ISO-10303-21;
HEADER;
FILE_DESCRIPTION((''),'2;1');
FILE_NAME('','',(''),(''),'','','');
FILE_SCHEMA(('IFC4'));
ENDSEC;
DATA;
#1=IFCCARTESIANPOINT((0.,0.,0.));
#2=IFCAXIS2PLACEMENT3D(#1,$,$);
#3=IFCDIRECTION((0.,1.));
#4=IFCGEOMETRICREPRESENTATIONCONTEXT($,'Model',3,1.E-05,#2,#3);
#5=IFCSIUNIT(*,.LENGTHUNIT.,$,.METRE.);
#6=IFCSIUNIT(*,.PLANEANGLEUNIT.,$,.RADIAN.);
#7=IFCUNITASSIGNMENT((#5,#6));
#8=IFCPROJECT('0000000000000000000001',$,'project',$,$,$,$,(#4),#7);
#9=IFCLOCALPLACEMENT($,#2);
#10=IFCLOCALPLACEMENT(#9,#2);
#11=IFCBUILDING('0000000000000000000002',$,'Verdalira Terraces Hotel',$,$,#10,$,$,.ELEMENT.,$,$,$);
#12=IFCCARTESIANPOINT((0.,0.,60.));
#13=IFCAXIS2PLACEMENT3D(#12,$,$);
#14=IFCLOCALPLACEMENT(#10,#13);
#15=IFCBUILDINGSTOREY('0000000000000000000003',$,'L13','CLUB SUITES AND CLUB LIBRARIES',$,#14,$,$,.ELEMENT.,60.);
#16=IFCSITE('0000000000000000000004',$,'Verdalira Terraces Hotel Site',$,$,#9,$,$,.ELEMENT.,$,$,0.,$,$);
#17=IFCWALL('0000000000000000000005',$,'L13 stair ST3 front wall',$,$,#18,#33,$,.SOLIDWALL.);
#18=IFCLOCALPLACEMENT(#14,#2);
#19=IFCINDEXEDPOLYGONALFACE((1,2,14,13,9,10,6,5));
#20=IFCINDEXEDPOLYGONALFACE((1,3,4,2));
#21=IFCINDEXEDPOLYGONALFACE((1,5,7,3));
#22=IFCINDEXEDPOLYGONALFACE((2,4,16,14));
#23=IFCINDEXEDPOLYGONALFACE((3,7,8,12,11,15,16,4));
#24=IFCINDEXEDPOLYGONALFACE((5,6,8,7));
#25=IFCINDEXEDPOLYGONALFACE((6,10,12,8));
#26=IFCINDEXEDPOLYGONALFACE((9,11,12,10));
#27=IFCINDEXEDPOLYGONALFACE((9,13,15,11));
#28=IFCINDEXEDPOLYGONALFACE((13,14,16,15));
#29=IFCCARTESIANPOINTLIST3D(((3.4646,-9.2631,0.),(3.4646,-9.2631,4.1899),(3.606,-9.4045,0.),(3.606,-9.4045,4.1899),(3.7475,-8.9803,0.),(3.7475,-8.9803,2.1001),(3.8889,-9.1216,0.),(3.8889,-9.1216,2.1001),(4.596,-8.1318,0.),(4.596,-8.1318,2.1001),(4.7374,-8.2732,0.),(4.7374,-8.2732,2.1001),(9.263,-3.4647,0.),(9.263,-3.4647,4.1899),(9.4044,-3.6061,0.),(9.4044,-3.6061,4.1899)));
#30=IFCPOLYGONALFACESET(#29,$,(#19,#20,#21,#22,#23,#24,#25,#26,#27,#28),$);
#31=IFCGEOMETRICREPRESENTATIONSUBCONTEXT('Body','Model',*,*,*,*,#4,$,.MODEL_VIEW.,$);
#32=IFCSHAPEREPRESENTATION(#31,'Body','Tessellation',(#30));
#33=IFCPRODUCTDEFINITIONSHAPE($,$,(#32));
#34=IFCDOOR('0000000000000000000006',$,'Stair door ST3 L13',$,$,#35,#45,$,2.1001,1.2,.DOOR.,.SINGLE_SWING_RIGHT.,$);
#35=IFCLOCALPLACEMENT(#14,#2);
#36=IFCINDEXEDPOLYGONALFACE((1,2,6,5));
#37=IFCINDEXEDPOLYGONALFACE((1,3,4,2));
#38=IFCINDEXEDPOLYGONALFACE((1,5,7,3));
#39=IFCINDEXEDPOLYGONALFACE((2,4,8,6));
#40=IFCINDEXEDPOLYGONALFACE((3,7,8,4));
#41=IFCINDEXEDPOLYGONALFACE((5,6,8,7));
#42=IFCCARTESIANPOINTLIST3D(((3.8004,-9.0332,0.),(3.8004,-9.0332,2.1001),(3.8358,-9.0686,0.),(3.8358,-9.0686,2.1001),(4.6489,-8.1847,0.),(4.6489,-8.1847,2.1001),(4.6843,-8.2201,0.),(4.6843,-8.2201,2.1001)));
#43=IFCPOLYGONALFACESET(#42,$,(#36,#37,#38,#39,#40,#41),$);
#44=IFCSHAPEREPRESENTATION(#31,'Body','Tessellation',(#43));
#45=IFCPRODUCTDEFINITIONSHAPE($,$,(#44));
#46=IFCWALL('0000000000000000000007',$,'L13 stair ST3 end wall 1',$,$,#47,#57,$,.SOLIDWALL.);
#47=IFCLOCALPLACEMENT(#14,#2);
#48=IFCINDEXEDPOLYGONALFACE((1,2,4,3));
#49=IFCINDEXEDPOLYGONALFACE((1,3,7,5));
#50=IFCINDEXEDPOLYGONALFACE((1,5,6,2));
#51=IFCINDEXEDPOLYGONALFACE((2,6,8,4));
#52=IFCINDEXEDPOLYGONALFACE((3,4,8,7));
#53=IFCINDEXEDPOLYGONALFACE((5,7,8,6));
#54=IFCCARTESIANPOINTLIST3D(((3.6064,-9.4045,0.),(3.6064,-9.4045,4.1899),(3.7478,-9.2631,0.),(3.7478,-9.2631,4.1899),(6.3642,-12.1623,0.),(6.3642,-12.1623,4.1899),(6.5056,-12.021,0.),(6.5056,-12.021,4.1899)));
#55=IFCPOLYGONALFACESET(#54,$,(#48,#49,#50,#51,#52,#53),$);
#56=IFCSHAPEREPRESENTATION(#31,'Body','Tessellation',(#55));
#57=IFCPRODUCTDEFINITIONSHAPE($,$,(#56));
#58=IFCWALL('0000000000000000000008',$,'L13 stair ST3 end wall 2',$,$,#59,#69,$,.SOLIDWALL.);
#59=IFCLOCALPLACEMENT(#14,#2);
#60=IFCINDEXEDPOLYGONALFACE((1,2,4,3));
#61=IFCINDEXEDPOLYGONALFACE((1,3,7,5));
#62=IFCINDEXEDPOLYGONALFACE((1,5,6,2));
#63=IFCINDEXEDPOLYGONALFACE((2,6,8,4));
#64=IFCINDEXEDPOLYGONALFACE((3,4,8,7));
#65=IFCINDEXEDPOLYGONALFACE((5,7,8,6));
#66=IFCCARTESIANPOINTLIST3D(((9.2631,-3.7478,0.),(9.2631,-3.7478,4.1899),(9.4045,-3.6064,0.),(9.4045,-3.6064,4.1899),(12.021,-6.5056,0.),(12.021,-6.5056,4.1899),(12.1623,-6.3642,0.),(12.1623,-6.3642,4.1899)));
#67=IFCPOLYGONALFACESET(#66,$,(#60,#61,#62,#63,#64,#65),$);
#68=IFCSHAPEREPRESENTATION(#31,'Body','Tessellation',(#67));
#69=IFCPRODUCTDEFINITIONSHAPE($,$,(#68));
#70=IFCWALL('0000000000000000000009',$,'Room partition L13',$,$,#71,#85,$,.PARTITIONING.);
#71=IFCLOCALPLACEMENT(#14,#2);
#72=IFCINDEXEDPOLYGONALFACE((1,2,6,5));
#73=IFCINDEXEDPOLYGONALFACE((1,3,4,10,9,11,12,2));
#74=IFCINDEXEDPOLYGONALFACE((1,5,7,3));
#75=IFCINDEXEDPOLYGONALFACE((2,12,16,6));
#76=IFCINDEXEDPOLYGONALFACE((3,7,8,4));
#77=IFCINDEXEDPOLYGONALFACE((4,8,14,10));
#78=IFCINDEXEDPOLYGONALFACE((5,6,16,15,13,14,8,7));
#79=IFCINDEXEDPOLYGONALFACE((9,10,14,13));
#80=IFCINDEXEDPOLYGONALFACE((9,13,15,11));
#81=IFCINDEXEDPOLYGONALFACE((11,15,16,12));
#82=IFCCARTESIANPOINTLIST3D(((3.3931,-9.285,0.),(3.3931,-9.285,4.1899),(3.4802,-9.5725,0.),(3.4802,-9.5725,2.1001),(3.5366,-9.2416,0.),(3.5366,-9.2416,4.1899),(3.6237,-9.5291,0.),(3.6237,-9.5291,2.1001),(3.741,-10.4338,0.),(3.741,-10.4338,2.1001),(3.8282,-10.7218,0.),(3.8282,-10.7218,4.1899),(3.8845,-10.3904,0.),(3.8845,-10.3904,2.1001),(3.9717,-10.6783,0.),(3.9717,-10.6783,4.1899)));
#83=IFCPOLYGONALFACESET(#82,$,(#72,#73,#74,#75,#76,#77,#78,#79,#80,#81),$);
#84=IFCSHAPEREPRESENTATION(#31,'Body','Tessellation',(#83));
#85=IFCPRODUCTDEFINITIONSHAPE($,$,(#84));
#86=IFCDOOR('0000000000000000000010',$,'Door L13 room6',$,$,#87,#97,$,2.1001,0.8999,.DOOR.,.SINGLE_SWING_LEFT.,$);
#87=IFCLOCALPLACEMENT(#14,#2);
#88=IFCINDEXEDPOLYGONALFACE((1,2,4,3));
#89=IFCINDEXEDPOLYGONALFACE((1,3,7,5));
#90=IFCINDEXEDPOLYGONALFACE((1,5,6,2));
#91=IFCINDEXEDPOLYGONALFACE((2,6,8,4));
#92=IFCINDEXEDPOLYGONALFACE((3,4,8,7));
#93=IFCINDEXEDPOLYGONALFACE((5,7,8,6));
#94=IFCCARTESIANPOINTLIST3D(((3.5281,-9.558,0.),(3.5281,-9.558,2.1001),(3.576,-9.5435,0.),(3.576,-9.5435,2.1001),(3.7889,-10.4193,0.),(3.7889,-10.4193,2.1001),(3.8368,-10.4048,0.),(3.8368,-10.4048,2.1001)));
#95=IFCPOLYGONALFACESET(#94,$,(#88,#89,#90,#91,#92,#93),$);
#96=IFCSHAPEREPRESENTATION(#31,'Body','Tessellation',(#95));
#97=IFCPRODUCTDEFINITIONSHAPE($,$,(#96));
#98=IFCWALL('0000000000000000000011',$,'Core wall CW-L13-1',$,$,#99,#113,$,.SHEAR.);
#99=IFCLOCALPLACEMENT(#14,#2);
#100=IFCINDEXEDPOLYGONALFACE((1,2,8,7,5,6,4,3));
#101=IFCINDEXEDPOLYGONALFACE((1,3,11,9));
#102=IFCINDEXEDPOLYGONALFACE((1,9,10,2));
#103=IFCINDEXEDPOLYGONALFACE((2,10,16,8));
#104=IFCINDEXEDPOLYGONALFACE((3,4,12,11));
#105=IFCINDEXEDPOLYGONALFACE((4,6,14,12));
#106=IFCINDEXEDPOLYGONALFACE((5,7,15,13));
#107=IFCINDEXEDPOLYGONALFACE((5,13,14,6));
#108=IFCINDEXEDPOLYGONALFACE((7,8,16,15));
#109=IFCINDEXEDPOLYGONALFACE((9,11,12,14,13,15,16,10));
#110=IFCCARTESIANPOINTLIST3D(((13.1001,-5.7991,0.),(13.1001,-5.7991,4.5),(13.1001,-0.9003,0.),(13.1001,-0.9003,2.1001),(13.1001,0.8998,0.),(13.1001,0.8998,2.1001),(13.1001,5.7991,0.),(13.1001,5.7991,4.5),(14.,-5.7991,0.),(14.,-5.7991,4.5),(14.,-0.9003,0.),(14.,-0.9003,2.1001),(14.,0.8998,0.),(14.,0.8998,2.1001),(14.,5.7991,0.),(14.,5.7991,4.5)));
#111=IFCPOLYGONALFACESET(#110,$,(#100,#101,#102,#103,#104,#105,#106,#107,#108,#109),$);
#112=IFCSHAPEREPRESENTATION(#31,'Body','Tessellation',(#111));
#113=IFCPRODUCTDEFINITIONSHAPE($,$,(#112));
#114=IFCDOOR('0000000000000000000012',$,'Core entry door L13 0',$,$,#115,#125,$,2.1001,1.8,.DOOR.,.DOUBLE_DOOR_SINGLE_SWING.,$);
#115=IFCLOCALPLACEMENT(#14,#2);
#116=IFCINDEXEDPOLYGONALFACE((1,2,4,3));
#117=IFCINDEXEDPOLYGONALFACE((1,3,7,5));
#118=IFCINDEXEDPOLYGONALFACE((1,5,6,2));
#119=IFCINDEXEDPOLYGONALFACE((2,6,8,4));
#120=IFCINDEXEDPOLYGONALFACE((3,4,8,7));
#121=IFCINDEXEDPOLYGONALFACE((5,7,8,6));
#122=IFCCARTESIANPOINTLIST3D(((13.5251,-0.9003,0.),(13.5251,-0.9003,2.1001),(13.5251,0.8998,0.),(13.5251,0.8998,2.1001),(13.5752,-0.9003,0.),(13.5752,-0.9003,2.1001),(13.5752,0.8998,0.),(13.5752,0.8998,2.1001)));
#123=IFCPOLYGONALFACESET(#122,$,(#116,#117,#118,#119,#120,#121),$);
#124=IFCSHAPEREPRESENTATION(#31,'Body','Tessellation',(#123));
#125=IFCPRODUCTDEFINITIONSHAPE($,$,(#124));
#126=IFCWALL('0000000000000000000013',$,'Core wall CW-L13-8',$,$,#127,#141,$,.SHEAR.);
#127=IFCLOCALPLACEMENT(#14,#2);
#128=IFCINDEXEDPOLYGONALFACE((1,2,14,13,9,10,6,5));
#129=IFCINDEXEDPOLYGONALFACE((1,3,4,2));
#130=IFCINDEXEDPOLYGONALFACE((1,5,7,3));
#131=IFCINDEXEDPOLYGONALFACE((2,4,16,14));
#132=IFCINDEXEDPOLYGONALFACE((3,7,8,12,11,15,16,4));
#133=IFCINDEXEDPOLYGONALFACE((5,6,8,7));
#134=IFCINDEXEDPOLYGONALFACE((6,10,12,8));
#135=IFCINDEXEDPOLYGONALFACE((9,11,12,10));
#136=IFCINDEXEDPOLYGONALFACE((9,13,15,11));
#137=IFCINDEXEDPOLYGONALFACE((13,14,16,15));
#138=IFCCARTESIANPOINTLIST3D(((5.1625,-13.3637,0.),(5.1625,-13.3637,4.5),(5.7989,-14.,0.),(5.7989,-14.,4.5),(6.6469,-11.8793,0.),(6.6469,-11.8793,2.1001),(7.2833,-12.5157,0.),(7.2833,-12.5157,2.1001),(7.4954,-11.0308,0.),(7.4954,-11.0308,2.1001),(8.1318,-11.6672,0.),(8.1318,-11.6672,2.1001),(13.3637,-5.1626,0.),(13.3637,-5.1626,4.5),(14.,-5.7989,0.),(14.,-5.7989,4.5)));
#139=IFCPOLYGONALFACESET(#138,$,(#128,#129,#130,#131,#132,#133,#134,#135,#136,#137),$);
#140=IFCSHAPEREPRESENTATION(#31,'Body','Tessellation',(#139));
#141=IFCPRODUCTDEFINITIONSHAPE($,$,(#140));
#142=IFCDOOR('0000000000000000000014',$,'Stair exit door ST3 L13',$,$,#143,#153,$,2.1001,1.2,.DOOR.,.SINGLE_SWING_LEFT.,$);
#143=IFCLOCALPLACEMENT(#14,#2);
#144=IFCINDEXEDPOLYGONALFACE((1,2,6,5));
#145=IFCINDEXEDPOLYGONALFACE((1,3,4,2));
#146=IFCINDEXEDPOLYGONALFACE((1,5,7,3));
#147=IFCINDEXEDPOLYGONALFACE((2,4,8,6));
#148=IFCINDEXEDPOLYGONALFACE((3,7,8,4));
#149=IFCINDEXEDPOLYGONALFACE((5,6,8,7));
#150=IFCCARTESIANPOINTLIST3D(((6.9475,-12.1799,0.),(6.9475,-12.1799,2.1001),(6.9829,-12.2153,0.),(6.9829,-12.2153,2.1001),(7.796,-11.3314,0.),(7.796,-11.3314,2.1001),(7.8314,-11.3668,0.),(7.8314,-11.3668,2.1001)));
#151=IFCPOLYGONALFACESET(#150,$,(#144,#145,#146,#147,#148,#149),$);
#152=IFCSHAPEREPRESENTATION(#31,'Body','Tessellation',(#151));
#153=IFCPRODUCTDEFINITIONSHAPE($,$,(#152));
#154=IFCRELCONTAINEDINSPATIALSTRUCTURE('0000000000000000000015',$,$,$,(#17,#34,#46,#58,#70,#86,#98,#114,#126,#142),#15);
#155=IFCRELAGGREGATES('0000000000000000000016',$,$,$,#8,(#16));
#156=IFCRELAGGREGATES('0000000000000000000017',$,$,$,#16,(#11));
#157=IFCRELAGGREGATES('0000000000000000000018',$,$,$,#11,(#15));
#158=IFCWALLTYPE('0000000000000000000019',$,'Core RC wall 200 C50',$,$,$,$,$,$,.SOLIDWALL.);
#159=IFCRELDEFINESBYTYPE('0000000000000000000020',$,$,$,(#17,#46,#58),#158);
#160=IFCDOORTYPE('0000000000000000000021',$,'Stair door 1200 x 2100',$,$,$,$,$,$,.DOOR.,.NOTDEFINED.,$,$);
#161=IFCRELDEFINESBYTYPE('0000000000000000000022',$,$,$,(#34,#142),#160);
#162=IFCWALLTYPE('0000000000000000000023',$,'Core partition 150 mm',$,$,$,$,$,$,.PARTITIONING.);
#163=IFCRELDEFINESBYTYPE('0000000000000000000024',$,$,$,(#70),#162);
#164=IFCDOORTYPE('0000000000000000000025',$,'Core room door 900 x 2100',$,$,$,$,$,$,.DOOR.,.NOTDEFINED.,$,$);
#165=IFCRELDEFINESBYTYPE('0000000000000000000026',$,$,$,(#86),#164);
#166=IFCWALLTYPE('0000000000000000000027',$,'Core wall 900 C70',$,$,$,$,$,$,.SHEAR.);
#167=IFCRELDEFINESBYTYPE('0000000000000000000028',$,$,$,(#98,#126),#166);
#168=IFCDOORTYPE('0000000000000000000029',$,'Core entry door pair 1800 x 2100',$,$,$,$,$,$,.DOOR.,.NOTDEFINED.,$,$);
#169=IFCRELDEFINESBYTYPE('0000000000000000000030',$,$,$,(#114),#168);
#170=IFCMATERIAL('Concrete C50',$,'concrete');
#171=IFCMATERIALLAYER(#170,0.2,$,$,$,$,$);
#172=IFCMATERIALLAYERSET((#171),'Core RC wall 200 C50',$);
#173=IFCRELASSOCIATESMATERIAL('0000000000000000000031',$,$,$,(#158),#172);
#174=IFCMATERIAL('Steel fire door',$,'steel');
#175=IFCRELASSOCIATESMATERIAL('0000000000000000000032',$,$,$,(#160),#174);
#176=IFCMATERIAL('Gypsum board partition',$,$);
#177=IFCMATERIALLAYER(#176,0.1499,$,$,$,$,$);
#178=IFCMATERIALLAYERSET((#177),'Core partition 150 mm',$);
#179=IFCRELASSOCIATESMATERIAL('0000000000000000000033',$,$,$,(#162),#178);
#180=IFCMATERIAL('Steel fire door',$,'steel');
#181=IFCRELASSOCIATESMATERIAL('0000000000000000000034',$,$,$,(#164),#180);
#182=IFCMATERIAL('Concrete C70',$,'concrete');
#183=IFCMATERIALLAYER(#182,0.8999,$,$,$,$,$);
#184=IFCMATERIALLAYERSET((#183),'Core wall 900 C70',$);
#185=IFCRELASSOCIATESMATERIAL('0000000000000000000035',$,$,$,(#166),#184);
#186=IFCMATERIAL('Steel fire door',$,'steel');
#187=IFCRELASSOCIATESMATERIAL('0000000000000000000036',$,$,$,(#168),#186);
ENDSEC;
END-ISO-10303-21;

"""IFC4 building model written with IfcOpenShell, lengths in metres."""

from ifc_helpers import new_model, si_unit, direction, frame, frame_2d, origin, place, context, subcontext, project, spatial, rectangle, extrude, material, layer, layer_set, type_object, element, fill, save


model = new_model("IFC4")

# Units and contexts
model_context = context("Model", 3, precision=1e-05, world=origin(), true_north=direction((0.0, 1.0)))
body_context = subcontext(model_context, "Body", "Model", "MODEL_VIEW")
ifc_project = project(units=[si_unit("LENGTHUNIT", "METRE"), si_unit("PLANEANGLEUNIT", "RADIAN")], contexts=[model_context])

# Site, building, storey
site_placement = place(None, origin())
site = spatial("IfcSite", under=ifc_project, at=site_placement, Name="Verdalira Terraces Hotel Site", CompositionType="ELEMENT", RefElevation=0.0)
building_placement = place(site_placement, origin())
building = spatial("IfcBuilding", under=site, at=building_placement, Name="Verdalira Terraces Hotel", CompositionType="ELEMENT")
storey_placement = place(building_placement, frame((0.0, 0.0, 60.0)))
storey = spatial("IfcBuildingStorey", under=building, at=storey_placement, Name="L13", Description="CLUB SUITES AND CLUB LIBRARIES", CompositionType="ELEMENT", Elevation=60.0)

# Wall, opening, door
ifc_material_1 = material(Name="Concrete C50", Category="concrete")
ifc_layer_1 = layer(ifc_material_1, 0.2)
ifc_layer_set_1 = layer_set([ifc_layer_1], Name="Core RC wall 200 C50")
wall_type_1 = type_object("IfcWallType", Name="Core RC wall 200 C50", PredefinedType="SOLIDWALL", material=ifc_layer_set_1)
wall_1_placement = place(storey_placement, frame((9.3337, -3.5354, 0.0), z_axis=(0.0, 0.0, 1.0), x_axis=(-0.707107, -0.707107, 0.0)))
wall_1 = element("IfcWall", 1, at=wall_1_placement, inside=storey, type_object=wall_type_1, Name="L13 stair ST3 front wall", PredefinedType="SOLIDWALL", context=body_context, shape_type="SweptSolid", body=[
    extrude(rectangle(XDim=8.2002, YDim=0.2, at=frame_2d((4.1001, 0.0))), origin(), (0.0, 0.0, 1.0), 4.1899),
])
opening_1_placement = place(wall_1_placement, frame((6.6001, 0.0, 0.0)))
opening_1 = element("IfcOpeningElement", 2, at=opening_1_placement, cuts=wall_1, PredefinedType="OPENING", context=body_context, shape_type="SweptSolid", body=[
    extrude(rectangle(XDim=1.2, YDim=2.1001, at=frame_2d((0.6001, 1.05))), frame((0.0, 0.1099, 0.0), z_axis=(0.0, -1.0, 0.0), x_axis=(1.0, 0.0, 0.0)), (0.0, 0.0, 1.0), 0.22),
])
ifc_material_2 = material(Name="Steel fire door", Category="steel")
door_type_1 = type_object("IfcDoorType", Name="Stair door 1200 x 2100", OperationType="NOTDEFINED", PredefinedType="DOOR", material=ifc_material_2)
door_1_placement = place(opening_1_placement, origin())
door_1 = element("IfcDoor", 3, at=door_1_placement, inside=storey, type_object=door_type_1, Name="Stair door ST3 L13", OperationType="SINGLE_SWING_RIGHT", OverallHeight=2.1001, OverallWidth=1.2, PredefinedType="DOOR", context=body_context, shape_type="SweptSolid", body=[
    extrude(rectangle(XDim=1.2, YDim=2.1001, at=frame_2d((0.6001, 1.05))), frame((0.0, 0.0249, 0.0), z_axis=(0.0, -1.0, 0.0), x_axis=(1.0, 0.0, 0.0)), (0.0, 0.0, 1.0), 0.05),
])
fill(opening_1, door_1)

# Walls
for number, where, z_axis, x_axis, name in (
    (4, (3.677, -9.3337, 0.0), (0.0, 0.0, 1.0), (0.707107, -0.707107, 0.0), "L13 stair ST3 end wall 1"),
    (5, (9.3337, -3.677, 0.0), (0.0, 0.0, 1.0), (0.707107, -0.707107, 0.0), "L13 stair ST3 end wall 2"),
):
    element("IfcWall", number, at=place(storey_placement, frame(where, z_axis=z_axis, x_axis=x_axis)), inside=storey, type_object=wall_type_1, Name=name, PredefinedType="SOLIDWALL", context=body_context, shape_type="SweptSolid", body=[
        extrude(rectangle(XDim=3.9001, YDim=0.2, at=frame_2d((1.9502, 0.0))), origin(), (0.0, 0.0, 1.0), 4.1899),
    ])

# Walls, openings, doors
ifc_material_3 = material(Name="Gypsum board partition")
ifc_layer_2 = layer(ifc_material_3, 0.1499)
ifc_layer_set_2 = layer_set([ifc_layer_2], Name="Core partition 150 mm")
wall_type_2 = type_object("IfcWallType", Name="Core partition 150 mm", PredefinedType="PARTITIONING", material=ifc_layer_set_2)
wall_2_placement = place(storey_placement, frame((3.8999, -10.7, 0.0), z_axis=(0.0, 0.0, 1.0), x_axis=(-0.289809, 0.957085, 0.0)))
wall_2 = element("IfcWall", 6, at=wall_2_placement, inside=storey, type_object=wall_type_2, Name="Room partition L13", PredefinedType="PARTITIONING", context=body_context, shape_type="SweptSolid", body=[
    extrude(rectangle(XDim=1.5012, YDim=0.1499, at=frame_2d((0.7505, 0.0))), origin(), (0.0, 0.0, 1.0), 4.1899),
])
opening_2_placement = place(wall_2_placement, frame((0.3008, 0.0, 0.0)))
opening_2 = element("IfcOpeningElement", 7, at=opening_2_placement, cuts=wall_2, PredefinedType="OPENING", context=body_context, shape_type="SweptSolid", body=[
    extrude(rectangle(XDim=0.8999, YDim=2.1001, at=frame_2d((0.45, 1.05))), frame((0.0, 0.085, 0.0), z_axis=(0.0, -1.0, 0.0), x_axis=(1.0, 0.0, 0.0)), (0.0, 0.0, 1.0), 0.1699),
])
ifc_material_4 = material(Name="Steel fire door", Category="steel")
door_type_2 = type_object("IfcDoorType", Name="Core room door 900 x 2100", OperationType="NOTDEFINED", PredefinedType="DOOR", material=ifc_material_4)
door_2_placement = place(opening_2_placement, origin())
door_2 = element("IfcDoor", 8, at=door_2_placement, inside=storey, type_object=door_type_2, Name="Door L13 room6", OperationType="SINGLE_SWING_LEFT", OverallHeight=2.1001, OverallWidth=0.8999, PredefinedType="DOOR", context=body_context, shape_type="SweptSolid", body=[
    extrude(rectangle(XDim=0.8999, YDim=2.1001, at=frame_2d((0.45, 1.05))), frame((0.0, 0.0249, 0.0), z_axis=(0.0, -1.0, 0.0), x_axis=(1.0, 0.0, 0.0)), (0.0, 0.0, 1.0), 0.05),
])
fill(opening_2, door_2)
ifc_material_5 = material(Name="Concrete C70", Category="concrete")
ifc_layer_3 = layer(ifc_material_5, 0.8999)
ifc_layer_set_3 = layer_set([ifc_layer_3], Name="Core wall 900 C70")
wall_type_3 = type_object("IfcWallType", Name="Core wall 900 C70", PredefinedType="SHEAR", material=ifc_layer_set_3)
wall_3_placement = place(storey_placement, frame((13.55, -5.7991, 0.0), z_axis=(0.0, 0.0, 1.0), x_axis=(0.0, 1.0, 0.0)))
wall_3 = element("IfcWall", 9, at=wall_3_placement, inside=storey, type_object=wall_type_3, Name="Core wall CW-L13-1", PredefinedType="SHEAR", context=body_context, shape_type="SweptSolid", body=[
    extrude(rectangle(XDim=11.5981, YDim=0.8999, at=frame_2d((5.7991, 0.0))), origin(), (0.0, 0.0, 1.0), 4.5),
])
opening_3_placement = place(wall_3_placement, frame((4.8989, 0.0, 0.0)))
opening_3 = element("IfcOpeningElement", 10, at=opening_3_placement, cuts=wall_3, PredefinedType="OPENING", context=body_context, shape_type="SweptSolid", body=[
    extrude(rectangle(XDim=1.8, YDim=2.1001, at=frame_2d((0.8999, 1.05))), frame((0.0, 0.46, 0.0), z_axis=(0.0, -1.0, 0.0), x_axis=(1.0, 0.0, 0.0)), (0.0, 0.0, 1.0), 0.9199),
])
ifc_material_6 = material(Name="Steel fire door", Category="steel")
door_type_3 = type_object("IfcDoorType", Name="Core entry door pair 1800 x 2100", OperationType="NOTDEFINED", PredefinedType="DOOR", material=ifc_material_6)
door_3_placement = place(opening_3_placement, origin())
door_3 = element("IfcDoor", 11, at=door_3_placement, inside=storey, type_object=door_type_3, Name="Core entry door L13 0", OperationType="DOUBLE_DOOR_SINGLE_SWING", OverallHeight=2.1001, OverallWidth=1.8, PredefinedType="DOOR", context=body_context, shape_type="SweptSolid", body=[
    extrude(rectangle(XDim=1.8, YDim=2.1001, at=frame_2d((0.8999, 1.05))), frame((0.0, 0.0249, 0.0), z_axis=(0.0, -1.0, 0.0), x_axis=(1.0, 0.0, 0.0)), (0.0, 0.0, 1.0), 0.05),
])
fill(opening_3, door_3)
wall_4_placement = place(storey_placement, frame((5.4807, -13.6819, 0.0), z_axis=(0.0, 0.0, 1.0), x_axis=(0.707107, 0.707107, 0.0)))
wall_4 = element("IfcWall", 12, at=wall_4_placement, inside=storey, type_object=wall_type_3, Name="Core wall CW-L13-8", PredefinedType="SHEAR", context=body_context, shape_type="SweptSolid", body=[
    extrude(rectangle(XDim=11.5981, YDim=0.8999, at=frame_2d((5.7991, 0.0))), origin(), (0.0, 0.0, 1.0), 4.5),
])
opening_4_placement = place(wall_4_placement, frame((2.0991, 0.0, 0.0)))
opening_4 = element("IfcOpeningElement", 13, at=opening_4_placement, cuts=wall_4, PredefinedType="OPENING", context=body_context, shape_type="SweptSolid", body=[
    extrude(rectangle(XDim=1.2, YDim=2.1001, at=frame_2d((0.6001, 1.05))), frame((0.0, 0.46, 0.0), z_axis=(0.0, -1.0, 0.0), x_axis=(1.0, 0.0, 0.0)), (0.0, 0.0, 1.0), 0.9199),
])
door_4_placement = place(opening_4_placement, origin())
door_4 = element("IfcDoor", 14, at=door_4_placement, inside=storey, type_object=door_type_1, Name="Stair exit door ST3 L13", OperationType="SINGLE_SWING_LEFT", OverallHeight=2.1001, OverallWidth=1.2, PredefinedType="DOOR", context=body_context, shape_type="SweptSolid", body=[
    extrude(rectangle(XDim=1.2, YDim=2.1001, at=frame_2d((0.6001, 1.05))), frame((0.0, 0.0249, 0.0), z_axis=(0.0, -1.0, 0.0), x_axis=(1.0, 0.0, 0.0)), (0.0, 0.0, 1.0), 0.05),
])
fill(opening_4, door_4)

save(model, "model.ifc")
